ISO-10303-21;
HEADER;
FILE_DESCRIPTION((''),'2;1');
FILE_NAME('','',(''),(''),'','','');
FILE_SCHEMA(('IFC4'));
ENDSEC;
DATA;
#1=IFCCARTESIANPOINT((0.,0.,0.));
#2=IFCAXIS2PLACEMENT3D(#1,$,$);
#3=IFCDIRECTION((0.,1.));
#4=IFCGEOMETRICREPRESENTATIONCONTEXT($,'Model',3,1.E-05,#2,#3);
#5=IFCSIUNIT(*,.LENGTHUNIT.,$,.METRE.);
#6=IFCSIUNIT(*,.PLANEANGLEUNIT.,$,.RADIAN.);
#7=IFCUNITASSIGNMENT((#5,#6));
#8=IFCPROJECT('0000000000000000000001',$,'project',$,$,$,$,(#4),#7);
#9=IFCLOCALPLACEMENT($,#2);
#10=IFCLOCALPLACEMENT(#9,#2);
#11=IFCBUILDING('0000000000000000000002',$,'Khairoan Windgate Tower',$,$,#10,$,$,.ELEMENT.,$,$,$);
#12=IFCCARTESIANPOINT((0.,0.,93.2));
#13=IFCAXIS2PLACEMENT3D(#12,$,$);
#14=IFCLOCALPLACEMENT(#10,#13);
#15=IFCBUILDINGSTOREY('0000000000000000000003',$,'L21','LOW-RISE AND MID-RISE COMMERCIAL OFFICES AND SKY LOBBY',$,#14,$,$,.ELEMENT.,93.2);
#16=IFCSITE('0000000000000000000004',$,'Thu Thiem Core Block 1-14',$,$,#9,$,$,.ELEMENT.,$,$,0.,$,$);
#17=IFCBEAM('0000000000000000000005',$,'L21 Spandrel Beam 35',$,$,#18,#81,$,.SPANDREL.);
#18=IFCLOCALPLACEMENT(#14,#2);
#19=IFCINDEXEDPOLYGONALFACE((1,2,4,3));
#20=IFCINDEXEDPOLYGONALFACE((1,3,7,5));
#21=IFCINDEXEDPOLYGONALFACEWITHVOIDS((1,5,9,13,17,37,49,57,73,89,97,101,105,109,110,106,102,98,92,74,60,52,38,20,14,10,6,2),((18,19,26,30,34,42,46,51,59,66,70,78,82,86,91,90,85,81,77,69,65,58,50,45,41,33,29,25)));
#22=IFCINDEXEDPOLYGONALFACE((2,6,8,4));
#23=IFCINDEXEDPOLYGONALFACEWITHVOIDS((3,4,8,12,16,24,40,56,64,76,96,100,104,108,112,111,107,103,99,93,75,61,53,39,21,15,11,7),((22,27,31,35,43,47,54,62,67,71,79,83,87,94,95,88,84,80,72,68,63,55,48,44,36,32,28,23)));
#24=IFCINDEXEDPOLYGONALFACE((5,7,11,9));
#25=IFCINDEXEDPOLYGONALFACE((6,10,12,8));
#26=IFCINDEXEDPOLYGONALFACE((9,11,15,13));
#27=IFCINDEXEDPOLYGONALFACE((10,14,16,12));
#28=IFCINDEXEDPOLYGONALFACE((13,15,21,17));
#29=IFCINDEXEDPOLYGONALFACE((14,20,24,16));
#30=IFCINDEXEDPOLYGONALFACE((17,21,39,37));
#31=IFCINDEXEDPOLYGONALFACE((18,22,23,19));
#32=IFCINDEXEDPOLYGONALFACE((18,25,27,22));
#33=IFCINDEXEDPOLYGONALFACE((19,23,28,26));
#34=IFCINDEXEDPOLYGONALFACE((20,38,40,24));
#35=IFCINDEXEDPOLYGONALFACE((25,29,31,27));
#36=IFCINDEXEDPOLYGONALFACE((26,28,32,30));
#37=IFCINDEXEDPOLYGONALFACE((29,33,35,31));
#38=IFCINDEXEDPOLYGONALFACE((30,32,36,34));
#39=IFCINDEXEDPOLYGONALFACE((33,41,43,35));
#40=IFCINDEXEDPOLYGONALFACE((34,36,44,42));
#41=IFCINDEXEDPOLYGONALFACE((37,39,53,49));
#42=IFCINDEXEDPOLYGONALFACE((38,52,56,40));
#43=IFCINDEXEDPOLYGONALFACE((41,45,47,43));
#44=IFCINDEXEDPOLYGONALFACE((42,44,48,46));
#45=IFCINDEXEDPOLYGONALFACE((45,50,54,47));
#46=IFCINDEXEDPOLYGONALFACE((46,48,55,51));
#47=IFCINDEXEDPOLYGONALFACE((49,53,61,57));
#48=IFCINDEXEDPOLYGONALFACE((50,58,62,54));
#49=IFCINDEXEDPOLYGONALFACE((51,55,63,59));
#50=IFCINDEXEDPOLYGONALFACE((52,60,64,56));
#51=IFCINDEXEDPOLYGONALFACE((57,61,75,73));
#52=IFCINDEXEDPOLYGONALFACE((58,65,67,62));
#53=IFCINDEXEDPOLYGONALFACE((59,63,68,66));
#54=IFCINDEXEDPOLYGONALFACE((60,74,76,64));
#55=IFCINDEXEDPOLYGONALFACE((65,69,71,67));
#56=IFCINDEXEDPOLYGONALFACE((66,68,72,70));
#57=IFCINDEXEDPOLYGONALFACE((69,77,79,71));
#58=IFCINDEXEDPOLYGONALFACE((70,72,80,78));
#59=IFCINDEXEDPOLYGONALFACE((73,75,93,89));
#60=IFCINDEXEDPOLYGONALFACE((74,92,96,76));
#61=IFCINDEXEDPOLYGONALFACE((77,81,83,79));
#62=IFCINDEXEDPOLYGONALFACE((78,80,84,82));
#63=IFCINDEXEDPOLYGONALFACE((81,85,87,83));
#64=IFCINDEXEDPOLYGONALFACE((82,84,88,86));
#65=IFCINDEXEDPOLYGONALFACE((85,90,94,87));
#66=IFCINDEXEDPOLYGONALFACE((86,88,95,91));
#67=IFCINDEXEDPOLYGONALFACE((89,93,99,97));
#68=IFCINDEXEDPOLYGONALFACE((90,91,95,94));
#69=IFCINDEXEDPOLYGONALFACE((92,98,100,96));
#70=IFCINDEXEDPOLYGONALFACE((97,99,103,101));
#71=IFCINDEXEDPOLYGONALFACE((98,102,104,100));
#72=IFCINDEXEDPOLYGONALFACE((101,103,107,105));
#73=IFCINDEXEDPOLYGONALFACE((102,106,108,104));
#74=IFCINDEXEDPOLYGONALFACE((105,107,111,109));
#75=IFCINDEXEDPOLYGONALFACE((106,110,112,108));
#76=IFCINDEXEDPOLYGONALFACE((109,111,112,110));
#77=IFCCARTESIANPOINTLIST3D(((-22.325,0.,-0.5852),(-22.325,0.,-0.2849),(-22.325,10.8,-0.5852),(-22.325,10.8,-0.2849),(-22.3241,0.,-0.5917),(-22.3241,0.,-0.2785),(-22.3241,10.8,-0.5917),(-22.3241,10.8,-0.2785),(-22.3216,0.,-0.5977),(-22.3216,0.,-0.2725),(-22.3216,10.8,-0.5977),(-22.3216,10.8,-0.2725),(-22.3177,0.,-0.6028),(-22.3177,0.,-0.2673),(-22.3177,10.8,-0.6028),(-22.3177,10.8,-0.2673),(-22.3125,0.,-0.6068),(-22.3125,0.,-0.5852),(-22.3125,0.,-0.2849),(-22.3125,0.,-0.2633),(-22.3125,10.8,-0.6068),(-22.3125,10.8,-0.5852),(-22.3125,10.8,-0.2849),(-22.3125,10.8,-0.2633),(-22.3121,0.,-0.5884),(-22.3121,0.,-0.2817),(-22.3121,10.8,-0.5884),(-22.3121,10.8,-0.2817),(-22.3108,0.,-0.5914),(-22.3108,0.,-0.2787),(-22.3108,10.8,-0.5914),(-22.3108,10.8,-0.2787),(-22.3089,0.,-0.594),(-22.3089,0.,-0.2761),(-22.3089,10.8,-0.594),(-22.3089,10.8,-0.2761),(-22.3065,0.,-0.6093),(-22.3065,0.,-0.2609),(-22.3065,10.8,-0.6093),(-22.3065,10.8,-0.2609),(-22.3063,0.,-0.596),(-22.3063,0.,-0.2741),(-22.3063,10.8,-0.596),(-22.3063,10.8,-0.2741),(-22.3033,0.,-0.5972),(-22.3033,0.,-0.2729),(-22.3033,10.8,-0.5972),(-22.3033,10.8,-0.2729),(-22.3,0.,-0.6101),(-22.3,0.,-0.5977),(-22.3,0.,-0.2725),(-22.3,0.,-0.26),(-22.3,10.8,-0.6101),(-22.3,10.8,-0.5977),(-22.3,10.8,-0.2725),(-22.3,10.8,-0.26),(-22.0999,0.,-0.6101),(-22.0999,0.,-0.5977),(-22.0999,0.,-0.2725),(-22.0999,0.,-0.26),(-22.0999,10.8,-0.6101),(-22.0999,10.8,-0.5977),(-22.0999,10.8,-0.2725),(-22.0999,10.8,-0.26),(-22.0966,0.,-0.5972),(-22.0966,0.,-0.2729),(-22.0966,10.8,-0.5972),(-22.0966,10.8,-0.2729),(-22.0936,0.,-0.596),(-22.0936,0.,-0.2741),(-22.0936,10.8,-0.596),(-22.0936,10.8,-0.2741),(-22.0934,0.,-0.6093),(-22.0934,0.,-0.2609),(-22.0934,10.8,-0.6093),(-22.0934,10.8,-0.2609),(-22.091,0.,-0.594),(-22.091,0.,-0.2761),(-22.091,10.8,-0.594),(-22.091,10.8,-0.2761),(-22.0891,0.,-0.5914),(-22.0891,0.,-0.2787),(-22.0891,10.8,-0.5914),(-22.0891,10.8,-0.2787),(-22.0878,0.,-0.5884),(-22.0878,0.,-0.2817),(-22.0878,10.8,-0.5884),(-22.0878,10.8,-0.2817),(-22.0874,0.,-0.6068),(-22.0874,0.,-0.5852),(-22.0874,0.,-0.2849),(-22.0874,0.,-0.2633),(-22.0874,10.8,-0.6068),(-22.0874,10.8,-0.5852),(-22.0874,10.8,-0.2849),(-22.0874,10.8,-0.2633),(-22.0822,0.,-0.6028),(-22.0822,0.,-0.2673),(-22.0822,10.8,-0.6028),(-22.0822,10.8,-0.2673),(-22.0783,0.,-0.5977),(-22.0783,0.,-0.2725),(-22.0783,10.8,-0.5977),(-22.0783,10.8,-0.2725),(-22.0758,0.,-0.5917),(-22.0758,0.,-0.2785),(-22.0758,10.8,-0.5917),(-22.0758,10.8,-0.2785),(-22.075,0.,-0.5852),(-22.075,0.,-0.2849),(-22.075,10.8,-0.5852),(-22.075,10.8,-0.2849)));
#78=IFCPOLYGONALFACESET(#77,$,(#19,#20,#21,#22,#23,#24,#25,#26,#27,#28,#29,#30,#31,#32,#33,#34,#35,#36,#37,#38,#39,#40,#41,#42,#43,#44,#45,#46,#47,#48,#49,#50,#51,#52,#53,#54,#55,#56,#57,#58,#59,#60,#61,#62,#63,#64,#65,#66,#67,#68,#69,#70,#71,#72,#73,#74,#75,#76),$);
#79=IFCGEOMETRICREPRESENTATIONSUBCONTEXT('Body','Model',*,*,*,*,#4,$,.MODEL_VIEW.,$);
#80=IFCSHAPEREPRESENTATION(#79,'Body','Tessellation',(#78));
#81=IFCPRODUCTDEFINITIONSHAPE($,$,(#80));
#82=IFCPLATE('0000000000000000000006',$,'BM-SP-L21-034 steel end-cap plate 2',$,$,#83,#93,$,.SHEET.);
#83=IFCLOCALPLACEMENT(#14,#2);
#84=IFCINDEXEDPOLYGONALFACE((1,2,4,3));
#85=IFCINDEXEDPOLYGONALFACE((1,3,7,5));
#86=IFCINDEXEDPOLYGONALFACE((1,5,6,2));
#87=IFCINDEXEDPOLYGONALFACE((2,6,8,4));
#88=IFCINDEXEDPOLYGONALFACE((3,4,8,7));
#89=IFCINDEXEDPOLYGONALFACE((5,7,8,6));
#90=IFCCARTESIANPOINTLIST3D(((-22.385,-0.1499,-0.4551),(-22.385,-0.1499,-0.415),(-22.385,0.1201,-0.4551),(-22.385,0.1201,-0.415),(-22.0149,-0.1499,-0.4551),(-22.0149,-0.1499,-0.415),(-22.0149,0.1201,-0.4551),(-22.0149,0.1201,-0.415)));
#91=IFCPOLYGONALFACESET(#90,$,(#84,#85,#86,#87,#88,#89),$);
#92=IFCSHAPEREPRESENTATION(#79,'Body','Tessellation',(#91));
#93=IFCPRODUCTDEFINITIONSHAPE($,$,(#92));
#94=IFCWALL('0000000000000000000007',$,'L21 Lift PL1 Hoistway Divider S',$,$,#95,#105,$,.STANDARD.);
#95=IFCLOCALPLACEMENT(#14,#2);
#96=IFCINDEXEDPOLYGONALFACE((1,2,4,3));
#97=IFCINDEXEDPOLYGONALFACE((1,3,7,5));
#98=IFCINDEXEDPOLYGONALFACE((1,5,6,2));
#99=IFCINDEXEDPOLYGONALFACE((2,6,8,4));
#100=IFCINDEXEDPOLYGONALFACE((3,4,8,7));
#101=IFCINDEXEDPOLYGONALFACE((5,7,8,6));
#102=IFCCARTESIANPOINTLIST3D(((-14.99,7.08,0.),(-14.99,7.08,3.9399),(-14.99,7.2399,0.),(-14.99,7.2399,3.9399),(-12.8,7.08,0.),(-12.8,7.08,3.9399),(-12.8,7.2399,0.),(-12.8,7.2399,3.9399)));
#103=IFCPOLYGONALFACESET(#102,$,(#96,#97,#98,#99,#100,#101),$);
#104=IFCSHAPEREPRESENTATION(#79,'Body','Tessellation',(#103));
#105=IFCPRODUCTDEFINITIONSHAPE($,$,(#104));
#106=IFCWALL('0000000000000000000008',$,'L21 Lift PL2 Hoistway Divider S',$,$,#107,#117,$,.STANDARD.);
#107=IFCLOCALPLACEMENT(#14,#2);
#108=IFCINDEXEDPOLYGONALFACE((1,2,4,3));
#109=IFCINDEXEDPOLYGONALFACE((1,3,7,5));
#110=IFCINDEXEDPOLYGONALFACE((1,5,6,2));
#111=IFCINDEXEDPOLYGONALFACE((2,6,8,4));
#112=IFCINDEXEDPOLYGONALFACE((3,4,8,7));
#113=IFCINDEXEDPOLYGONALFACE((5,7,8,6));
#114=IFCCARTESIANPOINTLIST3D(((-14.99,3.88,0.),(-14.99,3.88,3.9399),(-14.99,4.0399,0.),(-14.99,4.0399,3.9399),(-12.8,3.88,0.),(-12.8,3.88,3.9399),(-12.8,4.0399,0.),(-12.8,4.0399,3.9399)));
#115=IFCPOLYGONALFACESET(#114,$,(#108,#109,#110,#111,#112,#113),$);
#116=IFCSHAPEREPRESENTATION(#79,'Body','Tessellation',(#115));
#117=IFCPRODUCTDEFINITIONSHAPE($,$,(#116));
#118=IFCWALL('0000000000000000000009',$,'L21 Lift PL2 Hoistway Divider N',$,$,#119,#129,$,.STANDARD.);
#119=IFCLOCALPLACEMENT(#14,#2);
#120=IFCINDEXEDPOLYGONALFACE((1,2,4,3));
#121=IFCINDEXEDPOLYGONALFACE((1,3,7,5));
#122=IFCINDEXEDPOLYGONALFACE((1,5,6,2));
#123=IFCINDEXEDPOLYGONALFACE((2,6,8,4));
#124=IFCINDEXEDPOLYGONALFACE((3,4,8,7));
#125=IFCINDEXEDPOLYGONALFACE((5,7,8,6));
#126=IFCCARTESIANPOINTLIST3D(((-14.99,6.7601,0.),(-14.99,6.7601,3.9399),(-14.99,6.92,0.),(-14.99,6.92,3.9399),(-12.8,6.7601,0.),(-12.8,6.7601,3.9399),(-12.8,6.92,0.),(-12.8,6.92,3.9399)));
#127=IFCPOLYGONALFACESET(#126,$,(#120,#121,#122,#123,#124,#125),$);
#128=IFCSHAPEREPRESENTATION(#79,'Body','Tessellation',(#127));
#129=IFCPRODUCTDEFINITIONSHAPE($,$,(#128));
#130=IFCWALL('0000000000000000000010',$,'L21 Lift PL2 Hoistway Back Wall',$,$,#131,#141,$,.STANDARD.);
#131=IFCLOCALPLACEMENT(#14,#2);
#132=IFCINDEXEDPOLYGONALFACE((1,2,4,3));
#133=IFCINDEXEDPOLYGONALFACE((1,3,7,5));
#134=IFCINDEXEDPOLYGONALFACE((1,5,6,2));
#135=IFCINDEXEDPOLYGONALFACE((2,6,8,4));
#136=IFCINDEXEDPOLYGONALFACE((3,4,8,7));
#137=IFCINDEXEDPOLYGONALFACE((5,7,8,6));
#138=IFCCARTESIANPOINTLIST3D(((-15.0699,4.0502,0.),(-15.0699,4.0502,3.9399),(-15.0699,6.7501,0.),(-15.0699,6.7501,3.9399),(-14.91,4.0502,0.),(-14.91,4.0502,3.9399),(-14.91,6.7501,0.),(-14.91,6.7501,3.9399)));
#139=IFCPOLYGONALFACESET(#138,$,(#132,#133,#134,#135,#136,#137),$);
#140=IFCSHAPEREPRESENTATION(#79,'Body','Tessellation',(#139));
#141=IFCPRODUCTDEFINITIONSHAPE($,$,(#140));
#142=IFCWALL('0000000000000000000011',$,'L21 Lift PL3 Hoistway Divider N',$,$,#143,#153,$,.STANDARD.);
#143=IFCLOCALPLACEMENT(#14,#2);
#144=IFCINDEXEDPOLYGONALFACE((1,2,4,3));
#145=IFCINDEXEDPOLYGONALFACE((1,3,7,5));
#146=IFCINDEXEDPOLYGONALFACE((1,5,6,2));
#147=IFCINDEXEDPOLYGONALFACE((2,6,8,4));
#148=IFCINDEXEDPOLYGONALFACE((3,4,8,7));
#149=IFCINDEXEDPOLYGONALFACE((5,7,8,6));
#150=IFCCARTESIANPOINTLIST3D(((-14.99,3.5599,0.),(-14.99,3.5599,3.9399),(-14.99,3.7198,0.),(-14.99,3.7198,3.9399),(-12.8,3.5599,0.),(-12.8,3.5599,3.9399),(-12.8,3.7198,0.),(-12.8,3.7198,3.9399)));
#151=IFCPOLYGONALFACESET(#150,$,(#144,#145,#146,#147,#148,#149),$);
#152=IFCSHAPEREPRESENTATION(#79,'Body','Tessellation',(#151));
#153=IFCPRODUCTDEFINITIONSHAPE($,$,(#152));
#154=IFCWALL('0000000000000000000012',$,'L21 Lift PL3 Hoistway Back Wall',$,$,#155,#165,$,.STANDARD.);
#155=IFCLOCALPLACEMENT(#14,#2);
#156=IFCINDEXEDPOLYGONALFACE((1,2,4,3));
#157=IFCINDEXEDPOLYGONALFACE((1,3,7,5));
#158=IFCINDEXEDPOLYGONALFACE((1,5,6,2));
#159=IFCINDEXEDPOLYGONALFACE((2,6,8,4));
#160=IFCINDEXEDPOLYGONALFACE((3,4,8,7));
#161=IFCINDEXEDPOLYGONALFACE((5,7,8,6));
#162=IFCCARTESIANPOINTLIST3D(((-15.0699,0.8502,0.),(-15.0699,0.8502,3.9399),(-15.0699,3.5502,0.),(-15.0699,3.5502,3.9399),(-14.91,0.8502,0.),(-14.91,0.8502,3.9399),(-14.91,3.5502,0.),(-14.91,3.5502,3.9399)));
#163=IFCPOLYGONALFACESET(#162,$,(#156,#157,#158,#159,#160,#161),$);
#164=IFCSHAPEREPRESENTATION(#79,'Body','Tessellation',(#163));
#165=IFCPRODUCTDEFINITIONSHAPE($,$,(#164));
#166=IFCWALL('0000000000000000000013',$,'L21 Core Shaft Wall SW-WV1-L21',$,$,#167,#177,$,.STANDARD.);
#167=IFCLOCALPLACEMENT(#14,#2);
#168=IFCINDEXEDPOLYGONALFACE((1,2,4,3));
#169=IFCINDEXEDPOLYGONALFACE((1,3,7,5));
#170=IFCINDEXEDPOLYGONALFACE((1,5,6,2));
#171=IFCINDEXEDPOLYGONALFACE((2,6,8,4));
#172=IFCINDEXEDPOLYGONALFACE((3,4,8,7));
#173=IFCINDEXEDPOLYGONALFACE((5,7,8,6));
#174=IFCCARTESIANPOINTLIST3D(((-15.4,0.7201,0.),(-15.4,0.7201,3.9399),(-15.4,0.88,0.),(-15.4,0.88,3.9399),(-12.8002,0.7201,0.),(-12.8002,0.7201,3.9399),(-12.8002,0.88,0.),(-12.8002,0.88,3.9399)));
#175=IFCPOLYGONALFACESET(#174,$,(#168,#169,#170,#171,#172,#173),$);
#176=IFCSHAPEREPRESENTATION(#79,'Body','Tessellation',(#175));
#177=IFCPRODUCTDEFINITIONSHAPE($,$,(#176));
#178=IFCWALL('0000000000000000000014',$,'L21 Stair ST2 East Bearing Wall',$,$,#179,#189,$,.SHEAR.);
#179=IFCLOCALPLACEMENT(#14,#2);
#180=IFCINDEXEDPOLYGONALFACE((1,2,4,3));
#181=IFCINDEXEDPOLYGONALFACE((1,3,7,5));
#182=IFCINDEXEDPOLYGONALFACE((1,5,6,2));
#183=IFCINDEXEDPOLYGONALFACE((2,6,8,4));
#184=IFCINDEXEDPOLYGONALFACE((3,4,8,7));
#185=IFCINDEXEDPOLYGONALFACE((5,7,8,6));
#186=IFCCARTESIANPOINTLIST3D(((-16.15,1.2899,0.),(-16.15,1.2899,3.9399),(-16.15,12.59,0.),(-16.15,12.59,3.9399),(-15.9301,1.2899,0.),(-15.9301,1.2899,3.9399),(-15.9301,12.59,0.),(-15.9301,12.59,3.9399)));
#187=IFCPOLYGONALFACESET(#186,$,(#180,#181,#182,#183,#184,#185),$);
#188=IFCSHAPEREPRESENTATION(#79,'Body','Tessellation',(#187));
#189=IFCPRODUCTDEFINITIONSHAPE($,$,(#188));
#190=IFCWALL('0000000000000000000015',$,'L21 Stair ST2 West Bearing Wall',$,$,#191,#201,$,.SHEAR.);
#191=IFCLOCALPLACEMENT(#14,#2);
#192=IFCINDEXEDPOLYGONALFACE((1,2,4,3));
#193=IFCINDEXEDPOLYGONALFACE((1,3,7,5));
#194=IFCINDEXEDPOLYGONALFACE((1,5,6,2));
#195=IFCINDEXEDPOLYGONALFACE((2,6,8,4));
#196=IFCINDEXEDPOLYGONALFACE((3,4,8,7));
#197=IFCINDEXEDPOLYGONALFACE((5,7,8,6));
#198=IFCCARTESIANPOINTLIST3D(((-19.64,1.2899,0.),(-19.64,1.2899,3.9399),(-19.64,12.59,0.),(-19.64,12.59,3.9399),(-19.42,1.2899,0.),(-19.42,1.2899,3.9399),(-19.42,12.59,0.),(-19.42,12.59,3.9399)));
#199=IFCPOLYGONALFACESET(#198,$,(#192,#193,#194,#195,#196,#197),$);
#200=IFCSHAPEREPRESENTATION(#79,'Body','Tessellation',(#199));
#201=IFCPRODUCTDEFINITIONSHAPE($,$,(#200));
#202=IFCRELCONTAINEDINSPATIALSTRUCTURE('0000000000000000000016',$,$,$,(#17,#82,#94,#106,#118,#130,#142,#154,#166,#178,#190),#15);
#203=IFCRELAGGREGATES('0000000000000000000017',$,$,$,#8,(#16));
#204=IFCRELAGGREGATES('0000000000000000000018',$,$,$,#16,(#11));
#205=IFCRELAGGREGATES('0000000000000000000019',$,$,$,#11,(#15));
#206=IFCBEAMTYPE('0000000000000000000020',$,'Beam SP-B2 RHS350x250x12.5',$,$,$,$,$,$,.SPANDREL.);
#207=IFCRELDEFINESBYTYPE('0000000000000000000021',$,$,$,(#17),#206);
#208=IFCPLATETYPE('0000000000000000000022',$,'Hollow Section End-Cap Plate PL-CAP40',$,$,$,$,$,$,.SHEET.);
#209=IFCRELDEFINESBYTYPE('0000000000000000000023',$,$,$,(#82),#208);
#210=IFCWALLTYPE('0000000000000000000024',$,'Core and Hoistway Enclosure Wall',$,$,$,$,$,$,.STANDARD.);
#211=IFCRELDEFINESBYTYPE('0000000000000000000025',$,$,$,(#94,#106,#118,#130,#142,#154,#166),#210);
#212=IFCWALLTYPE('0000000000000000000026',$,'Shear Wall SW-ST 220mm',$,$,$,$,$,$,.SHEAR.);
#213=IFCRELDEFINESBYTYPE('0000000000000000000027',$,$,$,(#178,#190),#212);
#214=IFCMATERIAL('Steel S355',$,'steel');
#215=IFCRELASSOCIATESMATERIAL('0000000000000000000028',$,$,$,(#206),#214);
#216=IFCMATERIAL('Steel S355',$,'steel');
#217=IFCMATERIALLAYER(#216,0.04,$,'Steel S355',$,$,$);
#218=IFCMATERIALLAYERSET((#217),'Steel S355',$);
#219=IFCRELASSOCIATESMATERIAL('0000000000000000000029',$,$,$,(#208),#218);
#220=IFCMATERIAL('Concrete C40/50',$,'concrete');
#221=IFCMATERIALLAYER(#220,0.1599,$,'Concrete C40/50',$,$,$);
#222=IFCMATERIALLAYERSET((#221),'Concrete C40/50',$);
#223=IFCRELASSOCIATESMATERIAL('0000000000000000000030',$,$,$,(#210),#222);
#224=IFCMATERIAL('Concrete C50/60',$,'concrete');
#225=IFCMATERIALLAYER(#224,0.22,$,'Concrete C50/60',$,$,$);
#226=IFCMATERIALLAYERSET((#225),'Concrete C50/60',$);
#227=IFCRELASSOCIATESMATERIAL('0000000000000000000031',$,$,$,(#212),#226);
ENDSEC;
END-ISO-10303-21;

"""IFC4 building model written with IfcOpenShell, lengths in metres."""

from ifc_helpers import new_model, si_unit, direction, frame, frame_2d, origin, origin_2d, place, context, subcontext, project, spatial, rectangle, hollow_rectangle, extrude, material, layer, layer_set, material_profile, profile_set, type_object, element, save


model = new_model("IFC4")

# Units and contexts
model_context = context("Model", 3, precision=1e-05, world=origin(), true_north=direction((0.0, 1.0)))
body_context = subcontext(model_context, "Body", "Model", "MODEL_VIEW")
ifc_project = project(units=[si_unit("LENGTHUNIT", "METRE"), si_unit("PLANEANGLEUNIT", "RADIAN")], contexts=[model_context])

# Site, building, storey
site_placement = place(None, origin())
site = spatial("IfcSite", under=ifc_project, at=site_placement, Name="Thu Thiem Core Block 1-14", CompositionType="ELEMENT", RefElevation=0.0)
building_placement = place(site_placement, origin())
building = spatial("IfcBuilding", under=site, at=building_placement, Name="Khairoan Windgate Tower", CompositionType="ELEMENT")
storey_placement = place(building_placement, frame((0.0, 0.0, 93.2)))
storey = spatial("IfcBuildingStorey", under=building, at=storey_placement, Name="L21", Description="LOW-RISE AND MID-RISE COMMERCIAL OFFICES AND SKY LOBBY", CompositionType="ELEMENT", Elevation=93.2)

# Beam
ifc_material_1 = material(Name="Steel S355", Category="steel")
ifc_material_profile_1 = material_profile(ifc_material_1, hollow_rectangle(XDim=0.25, YDim=0.3501, WallThickness=0.0125, InnerFilletRadius=0.0125, OuterFilletRadius=0.0249, at=origin_2d()))
ifc_profile_set_1 = profile_set([ifc_material_profile_1], Name="Steel S355")
beam_type_1 = type_object("IfcBeamType", Name="Beam SP-B2 RHS350x250x12.5", PredefinedType="SPANDREL", material=ifc_profile_set_1)
beam_1_placement = place(storey_placement, frame((-22.2, 0.0, -0.4351), z_axis=(0.0, 1.0, 0.0), x_axis=(-1.0, 0.0, 0.0)))
element("IfcBeam", 1, at=beam_1_placement, inside=storey, type_object=beam_type_1, Name="L21 Spandrel Beam 35", PredefinedType="SPANDREL", context=body_context, shape_type="SweptSolid", body=[
    extrude(hollow_rectangle(XDim=0.25, YDim=0.3501, WallThickness=0.0125, InnerFilletRadius=0.0125, OuterFilletRadius=0.0249, at=origin_2d()), origin(), (0.0, 0.0, 1.0), 10.8),
])

# Plate
ifc_material_2 = material(Name="Steel S355", Category="steel")
ifc_layer_1 = layer(ifc_material_2, 0.04, Name="Steel S355")
ifc_layer_set_1 = layer_set([ifc_layer_1], Name="Steel S355")
plate_type = type_object("IfcPlateType", Name="Hollow Section End-Cap Plate PL-CAP40", PredefinedType="SHEET", material=ifc_layer_set_1)
plate_placement = place(storey_placement, frame((-22.2, -0.0149, -0.4551), z_axis=(0.0, 0.0, 1.0), x_axis=(0.0, 1.0, 0.0)))
element("IfcPlate", 2, at=plate_placement, inside=storey, type_object=plate_type, Name="BM-SP-L21-034 steel end-cap plate 2", PredefinedType="SHEET", context=body_context, shape_type="SweptSolid", body=[
    extrude(rectangle(XDim=0.27, YDim=0.3701, at=origin_2d()), origin(), (0.0, 0.0, 1.0), 0.04),
])

# Walls
ifc_material_3 = material(Name="Concrete C40/50", Category="concrete")
ifc_layer_2 = layer(ifc_material_3, 0.1599, Name="Concrete C40/50")
ifc_layer_set_2 = layer_set([ifc_layer_2], Name="Concrete C40/50")
wall_type_1 = type_object("IfcWallType", Name="Core and Hoistway Enclosure Wall", PredefinedType="STANDARD", material=ifc_layer_set_2)
for number, where, z_axis, x_axis, name in (
    (3, (-14.99, 7.1599, 0.0), (0.0, 0.0, 1.0), (1.0, 0.0, 0.0), "L21 Lift PL1 Hoistway Divider S"),
    (4, (-14.99, 3.96, 0.0), (0.0, 0.0, 1.0), (1.0, 0.0, 0.0), "L21 Lift PL2 Hoistway Divider S"),
    (5, (-14.99, 6.8401, 0.0), (0.0, 0.0, 1.0), (1.0, 0.0, 0.0), "L21 Lift PL2 Hoistway Divider N"),
):
    element("IfcWall", number, at=place(storey_placement, frame(where, z_axis=z_axis, x_axis=x_axis)), inside=storey, type_object=wall_type_1, Name=name, PredefinedType="STANDARD", context=body_context, shape_type="SweptSolid", body=[
        extrude(rectangle(XDim=2.1899, YDim=0.1599, at=frame_2d((1.095, 0.0))), origin(), (0.0, 0.0, 1.0), 3.9399),
    ])
wall_1_placement = place(storey_placement, frame((-14.99, 4.05, 0.0), z_axis=(0.0, 0.0, 1.0), x_axis=(0.0, 1.0, 0.0)))
element("IfcWall", 6, at=wall_1_placement, inside=storey, type_object=wall_type_1, Name="L21 Lift PL2 Hoistway Back Wall", PredefinedType="STANDARD", context=body_context, shape_type="SweptSolid", body=[
    extrude(rectangle(XDim=2.7, YDim=0.1599, at=frame_2d((1.3501, 0.0))), origin(), (0.0, 0.0, 1.0), 3.9399),
])
wall_2_placement = place(storey_placement, frame((-14.99, 3.6399, 0.0), z_axis=(0.0, 0.0, 1.0), x_axis=(1.0, 0.0, 0.0)))
element("IfcWall", 7, at=wall_2_placement, inside=storey, type_object=wall_type_1, Name="L21 Lift PL3 Hoistway Divider N", PredefinedType="STANDARD", context=body_context, shape_type="SweptSolid", body=[
    extrude(rectangle(XDim=2.1899, YDim=0.1599, at=frame_2d((1.095, 0.0))), origin(), (0.0, 0.0, 1.0), 3.9399),
])
wall_3_placement = place(storey_placement, frame((-14.99, 0.8501, 0.0), z_axis=(0.0, 0.0, 1.0), x_axis=(0.0, 1.0, 0.0)))
element("IfcWall", 8, at=wall_3_placement, inside=storey, type_object=wall_type_1, Name="L21 Lift PL3 Hoistway Back Wall", PredefinedType="STANDARD", context=body_context, shape_type="SweptSolid", body=[
    extrude(rectangle(XDim=2.7, YDim=0.1599, at=frame_2d((1.3501, 0.0))), origin(), (0.0, 0.0, 1.0), 3.9399),
])
wall_4_placement = place(storey_placement, frame((-15.3999, 0.8, 0.0), z_axis=(0.0, 0.0, 1.0), x_axis=(1.0, 0.0, 0.0)))
element("IfcWall", 9, at=wall_4_placement, inside=storey, type_object=wall_type_1, Name="L21 Core Shaft Wall SW-WV1-L21", PredefinedType="STANDARD", context=body_context, shape_type="SweptSolid", body=[
    extrude(rectangle(XDim=2.5999, YDim=0.1599, at=frame_2d((1.2998, 0.0))), origin(), (0.0, 0.0, 1.0), 3.9399),
])
ifc_material_4 = material(Name="Concrete C50/60", Category="concrete")
ifc_layer_3 = layer(ifc_material_4, 0.22, Name="Concrete C50/60")
ifc_layer_set_3 = layer_set([ifc_layer_3], Name="Concrete C50/60")
wall_type_2 = type_object("IfcWallType", Name="Shear Wall SW-ST 220mm", PredefinedType="SHEAR", material=ifc_layer_set_3)
for number, where, z_axis, x_axis, name in (
    (10, (-16.04, 1.29, 0.0), (0.0, 0.0, 1.0), (0.0, 1.0, 0.0), "L21 Stair ST2 East Bearing Wall"),
    (11, (-19.53, 1.29, 0.0), (0.0, 0.0, 1.0), (0.0, 1.0, 0.0), "L21 Stair ST2 West Bearing Wall"),
):
    element("IfcWall", number, at=place(storey_placement, frame(where, z_axis=z_axis, x_axis=x_axis)), inside=storey, type_object=wall_type_2, Name=name, PredefinedType="SHEAR", context=body_context, shape_type="SweptSolid", body=[
        extrude(rectangle(XDim=11.3, YDim=0.22, at=frame_2d((5.6499, 0.0))), origin(), (0.0, 0.0, 1.0), 3.9399),
    ])

save(model, "model.ifc")
